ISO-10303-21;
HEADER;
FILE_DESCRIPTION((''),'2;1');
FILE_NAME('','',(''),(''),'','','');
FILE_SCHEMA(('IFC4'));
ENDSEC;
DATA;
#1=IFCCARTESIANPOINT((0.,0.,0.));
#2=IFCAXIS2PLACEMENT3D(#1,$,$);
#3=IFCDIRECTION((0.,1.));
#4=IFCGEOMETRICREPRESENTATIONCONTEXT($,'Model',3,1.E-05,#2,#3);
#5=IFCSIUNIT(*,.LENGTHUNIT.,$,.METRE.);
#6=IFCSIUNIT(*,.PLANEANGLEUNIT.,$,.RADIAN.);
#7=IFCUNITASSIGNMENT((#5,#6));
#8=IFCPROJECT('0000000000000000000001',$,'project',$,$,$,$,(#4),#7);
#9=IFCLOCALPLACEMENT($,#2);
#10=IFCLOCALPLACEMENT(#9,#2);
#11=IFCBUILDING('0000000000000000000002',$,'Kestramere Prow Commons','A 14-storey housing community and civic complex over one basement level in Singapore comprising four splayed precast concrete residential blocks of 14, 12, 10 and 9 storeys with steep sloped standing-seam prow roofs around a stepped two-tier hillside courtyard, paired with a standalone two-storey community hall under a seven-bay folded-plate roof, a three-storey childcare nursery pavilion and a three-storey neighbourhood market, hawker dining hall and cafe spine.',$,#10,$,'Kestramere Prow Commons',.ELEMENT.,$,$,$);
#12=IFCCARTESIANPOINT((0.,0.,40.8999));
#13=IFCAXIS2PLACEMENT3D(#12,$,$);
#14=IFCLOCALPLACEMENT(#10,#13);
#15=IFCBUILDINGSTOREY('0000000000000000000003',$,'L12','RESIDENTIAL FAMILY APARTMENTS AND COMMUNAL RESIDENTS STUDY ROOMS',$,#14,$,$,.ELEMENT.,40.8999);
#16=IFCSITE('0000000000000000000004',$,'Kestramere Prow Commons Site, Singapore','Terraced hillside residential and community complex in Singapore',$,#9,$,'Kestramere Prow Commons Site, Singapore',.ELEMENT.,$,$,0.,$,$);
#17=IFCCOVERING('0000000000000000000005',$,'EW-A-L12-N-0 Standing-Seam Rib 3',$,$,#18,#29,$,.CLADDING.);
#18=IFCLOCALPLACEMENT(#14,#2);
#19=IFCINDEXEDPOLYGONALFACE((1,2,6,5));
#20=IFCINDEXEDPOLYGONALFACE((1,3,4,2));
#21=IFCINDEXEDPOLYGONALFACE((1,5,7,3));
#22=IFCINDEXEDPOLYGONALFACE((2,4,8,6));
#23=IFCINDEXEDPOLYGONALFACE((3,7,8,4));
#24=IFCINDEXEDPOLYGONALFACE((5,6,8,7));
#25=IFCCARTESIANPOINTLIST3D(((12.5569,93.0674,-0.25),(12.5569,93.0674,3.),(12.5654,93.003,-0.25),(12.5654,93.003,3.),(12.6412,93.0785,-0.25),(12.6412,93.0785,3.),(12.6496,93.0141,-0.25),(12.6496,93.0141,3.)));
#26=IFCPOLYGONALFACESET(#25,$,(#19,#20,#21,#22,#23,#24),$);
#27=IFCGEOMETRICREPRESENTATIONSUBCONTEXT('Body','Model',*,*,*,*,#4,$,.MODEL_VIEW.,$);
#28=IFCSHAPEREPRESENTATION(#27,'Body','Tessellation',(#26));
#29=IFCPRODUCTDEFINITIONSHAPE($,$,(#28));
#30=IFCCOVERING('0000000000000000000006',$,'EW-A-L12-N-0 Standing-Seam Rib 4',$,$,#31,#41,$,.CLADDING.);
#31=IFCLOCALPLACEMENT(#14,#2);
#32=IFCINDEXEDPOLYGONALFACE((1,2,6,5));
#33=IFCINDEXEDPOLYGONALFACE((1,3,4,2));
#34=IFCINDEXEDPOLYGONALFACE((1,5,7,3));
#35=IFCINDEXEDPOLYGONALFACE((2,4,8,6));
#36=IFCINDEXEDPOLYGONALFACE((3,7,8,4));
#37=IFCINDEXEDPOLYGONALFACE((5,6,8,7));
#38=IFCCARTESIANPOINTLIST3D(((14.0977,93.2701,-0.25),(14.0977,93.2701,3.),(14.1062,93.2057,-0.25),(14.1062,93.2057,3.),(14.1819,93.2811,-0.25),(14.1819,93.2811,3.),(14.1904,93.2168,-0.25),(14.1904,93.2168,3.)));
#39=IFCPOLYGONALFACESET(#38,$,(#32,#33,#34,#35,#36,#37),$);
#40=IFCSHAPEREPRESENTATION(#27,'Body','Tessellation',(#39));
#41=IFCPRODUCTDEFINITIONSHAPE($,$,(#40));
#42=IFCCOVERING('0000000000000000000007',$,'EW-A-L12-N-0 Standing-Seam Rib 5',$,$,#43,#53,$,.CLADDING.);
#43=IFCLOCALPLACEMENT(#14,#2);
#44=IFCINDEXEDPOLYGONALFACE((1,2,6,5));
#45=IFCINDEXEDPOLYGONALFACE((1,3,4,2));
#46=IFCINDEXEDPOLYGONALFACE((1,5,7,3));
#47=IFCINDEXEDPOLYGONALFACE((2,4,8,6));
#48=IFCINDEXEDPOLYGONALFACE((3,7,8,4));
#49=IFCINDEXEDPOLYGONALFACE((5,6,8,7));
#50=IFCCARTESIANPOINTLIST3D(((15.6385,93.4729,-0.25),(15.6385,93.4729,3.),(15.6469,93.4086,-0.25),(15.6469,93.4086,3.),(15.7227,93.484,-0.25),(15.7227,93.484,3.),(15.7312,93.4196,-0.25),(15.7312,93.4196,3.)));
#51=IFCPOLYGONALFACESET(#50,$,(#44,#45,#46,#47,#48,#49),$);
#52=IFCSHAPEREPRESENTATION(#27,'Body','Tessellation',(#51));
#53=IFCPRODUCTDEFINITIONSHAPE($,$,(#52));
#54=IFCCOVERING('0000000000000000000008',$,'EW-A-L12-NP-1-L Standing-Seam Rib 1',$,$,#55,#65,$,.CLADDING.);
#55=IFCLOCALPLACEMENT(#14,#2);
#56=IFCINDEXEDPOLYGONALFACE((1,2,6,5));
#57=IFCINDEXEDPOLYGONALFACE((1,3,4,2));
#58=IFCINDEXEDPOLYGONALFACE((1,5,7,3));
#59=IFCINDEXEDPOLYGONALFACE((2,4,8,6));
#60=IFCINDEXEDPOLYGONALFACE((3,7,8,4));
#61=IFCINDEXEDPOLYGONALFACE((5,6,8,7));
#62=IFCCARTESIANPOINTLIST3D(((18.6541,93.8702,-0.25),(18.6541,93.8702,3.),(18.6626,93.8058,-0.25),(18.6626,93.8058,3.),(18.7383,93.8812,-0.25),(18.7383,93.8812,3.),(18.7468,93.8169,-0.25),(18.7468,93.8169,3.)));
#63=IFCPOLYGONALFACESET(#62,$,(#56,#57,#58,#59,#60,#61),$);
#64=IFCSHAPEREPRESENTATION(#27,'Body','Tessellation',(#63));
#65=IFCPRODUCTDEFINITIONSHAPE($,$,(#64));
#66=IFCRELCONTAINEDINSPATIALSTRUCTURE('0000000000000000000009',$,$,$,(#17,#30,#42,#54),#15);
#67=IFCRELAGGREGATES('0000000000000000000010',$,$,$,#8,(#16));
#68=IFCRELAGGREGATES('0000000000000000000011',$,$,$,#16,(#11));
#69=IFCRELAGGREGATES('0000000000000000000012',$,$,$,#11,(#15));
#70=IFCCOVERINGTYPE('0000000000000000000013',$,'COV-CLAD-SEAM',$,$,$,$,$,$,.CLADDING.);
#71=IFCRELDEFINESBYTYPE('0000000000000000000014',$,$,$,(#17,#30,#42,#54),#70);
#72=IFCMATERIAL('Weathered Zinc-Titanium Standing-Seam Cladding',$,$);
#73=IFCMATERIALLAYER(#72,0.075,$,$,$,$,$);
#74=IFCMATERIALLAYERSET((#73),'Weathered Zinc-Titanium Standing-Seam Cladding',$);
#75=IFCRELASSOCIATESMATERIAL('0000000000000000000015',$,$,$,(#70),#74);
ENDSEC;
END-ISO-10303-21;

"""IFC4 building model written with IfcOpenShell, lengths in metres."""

from ifc_helpers import new_model, si_unit, direction, frame, origin, origin_2d, place, context, subcontext, project, spatial, rectangle, extrude, material, layer, layer_set, type_object, element, save


model = new_model("IFC4")

# Units and contexts
model_context = context("Model", 3, precision=1e-05, world=origin(), true_north=direction((0.0, 1.0)))
body_context = subcontext(model_context, "Body", "Model", "MODEL_VIEW")
ifc_project = project(units=[si_unit("LENGTHUNIT", "METRE"), si_unit("PLANEANGLEUNIT", "RADIAN")], contexts=[model_context])

# Site, building, storey
site_placement = place(None, origin())
site = spatial("IfcSite", under=ifc_project, at=site_placement, Name="Kestramere Prow Commons Site, Singapore", Description="Terraced hillside residential and community complex in Singapore", LongName="Kestramere Prow Commons Site, Singapore", CompositionType="ELEMENT", RefElevation=0.0)
building_placement = place(site_placement, origin())
building = spatial("IfcBuilding", under=site, at=building_placement, Name="Kestramere Prow Commons", Description="A 14-storey housing community and civic complex over one basement level in Singapore comprising four splayed precast concrete residential blocks of 14, 12, 10 and 9 storeys with steep sloped standing-seam prow roofs around a stepped two-tier hillside courtyard, paired with a standalone two-storey community hall under a seven-bay folded-plate roof, a three-storey childcare nursery pavilion and a three-storey neighbourhood market, hawker dining hall and cafe spine.", LongName="Kestramere Prow Commons", CompositionType="ELEMENT")
storey_placement = place(building_placement, frame((0.0, 0.0, 40.8999)))
storey = spatial("IfcBuildingStorey", under=building, at=storey_placement, Name="L12", Description="RESIDENTIAL FAMILY APARTMENTS AND COMMUNAL RESIDENTS STUDY ROOMS", CompositionType="ELEMENT", Elevation=40.8999)

# Coverings
ifc_material_1 = material(Name="Weathered Zinc-Titanium Standing-Seam Cladding")
ifc_layer_1 = layer(ifc_material_1, 0.075)
ifc_layer_set_1 = layer_set([ifc_layer_1], Name="Weathered Zinc-Titanium Standing-Seam Cladding")
covering_type = type_object("IfcCoveringType", Name="COV-CLAD-SEAM", PredefinedType="CLADDING", material=ifc_layer_set_1)
for number, where, z_axis, x_axis, name in (
    (1, (12.6033, 93.0408, -0.25), (0.0, 0.0, 1.0), (0.991445, 0.130526, 0.0), "EW-A-L12-N-0 Standing-Seam Rib 3"),
    (2, (14.144, 93.2434, -0.25), (0.0, 0.0, 1.0), (0.991445, 0.130526, 0.0), "EW-A-L12-N-0 Standing-Seam Rib 4"),
    (3, (15.6848, 93.4463, -0.25), (0.0, 0.0, 1.0), (0.991445, 0.130526, 0.0), "EW-A-L12-N-0 Standing-Seam Rib 5"),
    (4, (18.7004, 93.8435, -0.25), (0.0, 0.0, 1.0), (0.991445, 0.130526, 0.0), "EW-A-L12-NP-1-L Standing-Seam Rib 1"),
):
    element("IfcCovering", number, at=place(storey_placement, frame(where, z_axis=z_axis, x_axis=x_axis)), inside=storey, type_object=covering_type, Name=name, PredefinedType="CLADDING", context=body_context, shape_type="SweptSolid", body=[
        extrude(rectangle(XDim=0.085, YDim=0.0649, at=origin_2d()), origin(), (0.0, 0.0, 1.0), 3.25),
    ])

save(model, "model.ifc")
